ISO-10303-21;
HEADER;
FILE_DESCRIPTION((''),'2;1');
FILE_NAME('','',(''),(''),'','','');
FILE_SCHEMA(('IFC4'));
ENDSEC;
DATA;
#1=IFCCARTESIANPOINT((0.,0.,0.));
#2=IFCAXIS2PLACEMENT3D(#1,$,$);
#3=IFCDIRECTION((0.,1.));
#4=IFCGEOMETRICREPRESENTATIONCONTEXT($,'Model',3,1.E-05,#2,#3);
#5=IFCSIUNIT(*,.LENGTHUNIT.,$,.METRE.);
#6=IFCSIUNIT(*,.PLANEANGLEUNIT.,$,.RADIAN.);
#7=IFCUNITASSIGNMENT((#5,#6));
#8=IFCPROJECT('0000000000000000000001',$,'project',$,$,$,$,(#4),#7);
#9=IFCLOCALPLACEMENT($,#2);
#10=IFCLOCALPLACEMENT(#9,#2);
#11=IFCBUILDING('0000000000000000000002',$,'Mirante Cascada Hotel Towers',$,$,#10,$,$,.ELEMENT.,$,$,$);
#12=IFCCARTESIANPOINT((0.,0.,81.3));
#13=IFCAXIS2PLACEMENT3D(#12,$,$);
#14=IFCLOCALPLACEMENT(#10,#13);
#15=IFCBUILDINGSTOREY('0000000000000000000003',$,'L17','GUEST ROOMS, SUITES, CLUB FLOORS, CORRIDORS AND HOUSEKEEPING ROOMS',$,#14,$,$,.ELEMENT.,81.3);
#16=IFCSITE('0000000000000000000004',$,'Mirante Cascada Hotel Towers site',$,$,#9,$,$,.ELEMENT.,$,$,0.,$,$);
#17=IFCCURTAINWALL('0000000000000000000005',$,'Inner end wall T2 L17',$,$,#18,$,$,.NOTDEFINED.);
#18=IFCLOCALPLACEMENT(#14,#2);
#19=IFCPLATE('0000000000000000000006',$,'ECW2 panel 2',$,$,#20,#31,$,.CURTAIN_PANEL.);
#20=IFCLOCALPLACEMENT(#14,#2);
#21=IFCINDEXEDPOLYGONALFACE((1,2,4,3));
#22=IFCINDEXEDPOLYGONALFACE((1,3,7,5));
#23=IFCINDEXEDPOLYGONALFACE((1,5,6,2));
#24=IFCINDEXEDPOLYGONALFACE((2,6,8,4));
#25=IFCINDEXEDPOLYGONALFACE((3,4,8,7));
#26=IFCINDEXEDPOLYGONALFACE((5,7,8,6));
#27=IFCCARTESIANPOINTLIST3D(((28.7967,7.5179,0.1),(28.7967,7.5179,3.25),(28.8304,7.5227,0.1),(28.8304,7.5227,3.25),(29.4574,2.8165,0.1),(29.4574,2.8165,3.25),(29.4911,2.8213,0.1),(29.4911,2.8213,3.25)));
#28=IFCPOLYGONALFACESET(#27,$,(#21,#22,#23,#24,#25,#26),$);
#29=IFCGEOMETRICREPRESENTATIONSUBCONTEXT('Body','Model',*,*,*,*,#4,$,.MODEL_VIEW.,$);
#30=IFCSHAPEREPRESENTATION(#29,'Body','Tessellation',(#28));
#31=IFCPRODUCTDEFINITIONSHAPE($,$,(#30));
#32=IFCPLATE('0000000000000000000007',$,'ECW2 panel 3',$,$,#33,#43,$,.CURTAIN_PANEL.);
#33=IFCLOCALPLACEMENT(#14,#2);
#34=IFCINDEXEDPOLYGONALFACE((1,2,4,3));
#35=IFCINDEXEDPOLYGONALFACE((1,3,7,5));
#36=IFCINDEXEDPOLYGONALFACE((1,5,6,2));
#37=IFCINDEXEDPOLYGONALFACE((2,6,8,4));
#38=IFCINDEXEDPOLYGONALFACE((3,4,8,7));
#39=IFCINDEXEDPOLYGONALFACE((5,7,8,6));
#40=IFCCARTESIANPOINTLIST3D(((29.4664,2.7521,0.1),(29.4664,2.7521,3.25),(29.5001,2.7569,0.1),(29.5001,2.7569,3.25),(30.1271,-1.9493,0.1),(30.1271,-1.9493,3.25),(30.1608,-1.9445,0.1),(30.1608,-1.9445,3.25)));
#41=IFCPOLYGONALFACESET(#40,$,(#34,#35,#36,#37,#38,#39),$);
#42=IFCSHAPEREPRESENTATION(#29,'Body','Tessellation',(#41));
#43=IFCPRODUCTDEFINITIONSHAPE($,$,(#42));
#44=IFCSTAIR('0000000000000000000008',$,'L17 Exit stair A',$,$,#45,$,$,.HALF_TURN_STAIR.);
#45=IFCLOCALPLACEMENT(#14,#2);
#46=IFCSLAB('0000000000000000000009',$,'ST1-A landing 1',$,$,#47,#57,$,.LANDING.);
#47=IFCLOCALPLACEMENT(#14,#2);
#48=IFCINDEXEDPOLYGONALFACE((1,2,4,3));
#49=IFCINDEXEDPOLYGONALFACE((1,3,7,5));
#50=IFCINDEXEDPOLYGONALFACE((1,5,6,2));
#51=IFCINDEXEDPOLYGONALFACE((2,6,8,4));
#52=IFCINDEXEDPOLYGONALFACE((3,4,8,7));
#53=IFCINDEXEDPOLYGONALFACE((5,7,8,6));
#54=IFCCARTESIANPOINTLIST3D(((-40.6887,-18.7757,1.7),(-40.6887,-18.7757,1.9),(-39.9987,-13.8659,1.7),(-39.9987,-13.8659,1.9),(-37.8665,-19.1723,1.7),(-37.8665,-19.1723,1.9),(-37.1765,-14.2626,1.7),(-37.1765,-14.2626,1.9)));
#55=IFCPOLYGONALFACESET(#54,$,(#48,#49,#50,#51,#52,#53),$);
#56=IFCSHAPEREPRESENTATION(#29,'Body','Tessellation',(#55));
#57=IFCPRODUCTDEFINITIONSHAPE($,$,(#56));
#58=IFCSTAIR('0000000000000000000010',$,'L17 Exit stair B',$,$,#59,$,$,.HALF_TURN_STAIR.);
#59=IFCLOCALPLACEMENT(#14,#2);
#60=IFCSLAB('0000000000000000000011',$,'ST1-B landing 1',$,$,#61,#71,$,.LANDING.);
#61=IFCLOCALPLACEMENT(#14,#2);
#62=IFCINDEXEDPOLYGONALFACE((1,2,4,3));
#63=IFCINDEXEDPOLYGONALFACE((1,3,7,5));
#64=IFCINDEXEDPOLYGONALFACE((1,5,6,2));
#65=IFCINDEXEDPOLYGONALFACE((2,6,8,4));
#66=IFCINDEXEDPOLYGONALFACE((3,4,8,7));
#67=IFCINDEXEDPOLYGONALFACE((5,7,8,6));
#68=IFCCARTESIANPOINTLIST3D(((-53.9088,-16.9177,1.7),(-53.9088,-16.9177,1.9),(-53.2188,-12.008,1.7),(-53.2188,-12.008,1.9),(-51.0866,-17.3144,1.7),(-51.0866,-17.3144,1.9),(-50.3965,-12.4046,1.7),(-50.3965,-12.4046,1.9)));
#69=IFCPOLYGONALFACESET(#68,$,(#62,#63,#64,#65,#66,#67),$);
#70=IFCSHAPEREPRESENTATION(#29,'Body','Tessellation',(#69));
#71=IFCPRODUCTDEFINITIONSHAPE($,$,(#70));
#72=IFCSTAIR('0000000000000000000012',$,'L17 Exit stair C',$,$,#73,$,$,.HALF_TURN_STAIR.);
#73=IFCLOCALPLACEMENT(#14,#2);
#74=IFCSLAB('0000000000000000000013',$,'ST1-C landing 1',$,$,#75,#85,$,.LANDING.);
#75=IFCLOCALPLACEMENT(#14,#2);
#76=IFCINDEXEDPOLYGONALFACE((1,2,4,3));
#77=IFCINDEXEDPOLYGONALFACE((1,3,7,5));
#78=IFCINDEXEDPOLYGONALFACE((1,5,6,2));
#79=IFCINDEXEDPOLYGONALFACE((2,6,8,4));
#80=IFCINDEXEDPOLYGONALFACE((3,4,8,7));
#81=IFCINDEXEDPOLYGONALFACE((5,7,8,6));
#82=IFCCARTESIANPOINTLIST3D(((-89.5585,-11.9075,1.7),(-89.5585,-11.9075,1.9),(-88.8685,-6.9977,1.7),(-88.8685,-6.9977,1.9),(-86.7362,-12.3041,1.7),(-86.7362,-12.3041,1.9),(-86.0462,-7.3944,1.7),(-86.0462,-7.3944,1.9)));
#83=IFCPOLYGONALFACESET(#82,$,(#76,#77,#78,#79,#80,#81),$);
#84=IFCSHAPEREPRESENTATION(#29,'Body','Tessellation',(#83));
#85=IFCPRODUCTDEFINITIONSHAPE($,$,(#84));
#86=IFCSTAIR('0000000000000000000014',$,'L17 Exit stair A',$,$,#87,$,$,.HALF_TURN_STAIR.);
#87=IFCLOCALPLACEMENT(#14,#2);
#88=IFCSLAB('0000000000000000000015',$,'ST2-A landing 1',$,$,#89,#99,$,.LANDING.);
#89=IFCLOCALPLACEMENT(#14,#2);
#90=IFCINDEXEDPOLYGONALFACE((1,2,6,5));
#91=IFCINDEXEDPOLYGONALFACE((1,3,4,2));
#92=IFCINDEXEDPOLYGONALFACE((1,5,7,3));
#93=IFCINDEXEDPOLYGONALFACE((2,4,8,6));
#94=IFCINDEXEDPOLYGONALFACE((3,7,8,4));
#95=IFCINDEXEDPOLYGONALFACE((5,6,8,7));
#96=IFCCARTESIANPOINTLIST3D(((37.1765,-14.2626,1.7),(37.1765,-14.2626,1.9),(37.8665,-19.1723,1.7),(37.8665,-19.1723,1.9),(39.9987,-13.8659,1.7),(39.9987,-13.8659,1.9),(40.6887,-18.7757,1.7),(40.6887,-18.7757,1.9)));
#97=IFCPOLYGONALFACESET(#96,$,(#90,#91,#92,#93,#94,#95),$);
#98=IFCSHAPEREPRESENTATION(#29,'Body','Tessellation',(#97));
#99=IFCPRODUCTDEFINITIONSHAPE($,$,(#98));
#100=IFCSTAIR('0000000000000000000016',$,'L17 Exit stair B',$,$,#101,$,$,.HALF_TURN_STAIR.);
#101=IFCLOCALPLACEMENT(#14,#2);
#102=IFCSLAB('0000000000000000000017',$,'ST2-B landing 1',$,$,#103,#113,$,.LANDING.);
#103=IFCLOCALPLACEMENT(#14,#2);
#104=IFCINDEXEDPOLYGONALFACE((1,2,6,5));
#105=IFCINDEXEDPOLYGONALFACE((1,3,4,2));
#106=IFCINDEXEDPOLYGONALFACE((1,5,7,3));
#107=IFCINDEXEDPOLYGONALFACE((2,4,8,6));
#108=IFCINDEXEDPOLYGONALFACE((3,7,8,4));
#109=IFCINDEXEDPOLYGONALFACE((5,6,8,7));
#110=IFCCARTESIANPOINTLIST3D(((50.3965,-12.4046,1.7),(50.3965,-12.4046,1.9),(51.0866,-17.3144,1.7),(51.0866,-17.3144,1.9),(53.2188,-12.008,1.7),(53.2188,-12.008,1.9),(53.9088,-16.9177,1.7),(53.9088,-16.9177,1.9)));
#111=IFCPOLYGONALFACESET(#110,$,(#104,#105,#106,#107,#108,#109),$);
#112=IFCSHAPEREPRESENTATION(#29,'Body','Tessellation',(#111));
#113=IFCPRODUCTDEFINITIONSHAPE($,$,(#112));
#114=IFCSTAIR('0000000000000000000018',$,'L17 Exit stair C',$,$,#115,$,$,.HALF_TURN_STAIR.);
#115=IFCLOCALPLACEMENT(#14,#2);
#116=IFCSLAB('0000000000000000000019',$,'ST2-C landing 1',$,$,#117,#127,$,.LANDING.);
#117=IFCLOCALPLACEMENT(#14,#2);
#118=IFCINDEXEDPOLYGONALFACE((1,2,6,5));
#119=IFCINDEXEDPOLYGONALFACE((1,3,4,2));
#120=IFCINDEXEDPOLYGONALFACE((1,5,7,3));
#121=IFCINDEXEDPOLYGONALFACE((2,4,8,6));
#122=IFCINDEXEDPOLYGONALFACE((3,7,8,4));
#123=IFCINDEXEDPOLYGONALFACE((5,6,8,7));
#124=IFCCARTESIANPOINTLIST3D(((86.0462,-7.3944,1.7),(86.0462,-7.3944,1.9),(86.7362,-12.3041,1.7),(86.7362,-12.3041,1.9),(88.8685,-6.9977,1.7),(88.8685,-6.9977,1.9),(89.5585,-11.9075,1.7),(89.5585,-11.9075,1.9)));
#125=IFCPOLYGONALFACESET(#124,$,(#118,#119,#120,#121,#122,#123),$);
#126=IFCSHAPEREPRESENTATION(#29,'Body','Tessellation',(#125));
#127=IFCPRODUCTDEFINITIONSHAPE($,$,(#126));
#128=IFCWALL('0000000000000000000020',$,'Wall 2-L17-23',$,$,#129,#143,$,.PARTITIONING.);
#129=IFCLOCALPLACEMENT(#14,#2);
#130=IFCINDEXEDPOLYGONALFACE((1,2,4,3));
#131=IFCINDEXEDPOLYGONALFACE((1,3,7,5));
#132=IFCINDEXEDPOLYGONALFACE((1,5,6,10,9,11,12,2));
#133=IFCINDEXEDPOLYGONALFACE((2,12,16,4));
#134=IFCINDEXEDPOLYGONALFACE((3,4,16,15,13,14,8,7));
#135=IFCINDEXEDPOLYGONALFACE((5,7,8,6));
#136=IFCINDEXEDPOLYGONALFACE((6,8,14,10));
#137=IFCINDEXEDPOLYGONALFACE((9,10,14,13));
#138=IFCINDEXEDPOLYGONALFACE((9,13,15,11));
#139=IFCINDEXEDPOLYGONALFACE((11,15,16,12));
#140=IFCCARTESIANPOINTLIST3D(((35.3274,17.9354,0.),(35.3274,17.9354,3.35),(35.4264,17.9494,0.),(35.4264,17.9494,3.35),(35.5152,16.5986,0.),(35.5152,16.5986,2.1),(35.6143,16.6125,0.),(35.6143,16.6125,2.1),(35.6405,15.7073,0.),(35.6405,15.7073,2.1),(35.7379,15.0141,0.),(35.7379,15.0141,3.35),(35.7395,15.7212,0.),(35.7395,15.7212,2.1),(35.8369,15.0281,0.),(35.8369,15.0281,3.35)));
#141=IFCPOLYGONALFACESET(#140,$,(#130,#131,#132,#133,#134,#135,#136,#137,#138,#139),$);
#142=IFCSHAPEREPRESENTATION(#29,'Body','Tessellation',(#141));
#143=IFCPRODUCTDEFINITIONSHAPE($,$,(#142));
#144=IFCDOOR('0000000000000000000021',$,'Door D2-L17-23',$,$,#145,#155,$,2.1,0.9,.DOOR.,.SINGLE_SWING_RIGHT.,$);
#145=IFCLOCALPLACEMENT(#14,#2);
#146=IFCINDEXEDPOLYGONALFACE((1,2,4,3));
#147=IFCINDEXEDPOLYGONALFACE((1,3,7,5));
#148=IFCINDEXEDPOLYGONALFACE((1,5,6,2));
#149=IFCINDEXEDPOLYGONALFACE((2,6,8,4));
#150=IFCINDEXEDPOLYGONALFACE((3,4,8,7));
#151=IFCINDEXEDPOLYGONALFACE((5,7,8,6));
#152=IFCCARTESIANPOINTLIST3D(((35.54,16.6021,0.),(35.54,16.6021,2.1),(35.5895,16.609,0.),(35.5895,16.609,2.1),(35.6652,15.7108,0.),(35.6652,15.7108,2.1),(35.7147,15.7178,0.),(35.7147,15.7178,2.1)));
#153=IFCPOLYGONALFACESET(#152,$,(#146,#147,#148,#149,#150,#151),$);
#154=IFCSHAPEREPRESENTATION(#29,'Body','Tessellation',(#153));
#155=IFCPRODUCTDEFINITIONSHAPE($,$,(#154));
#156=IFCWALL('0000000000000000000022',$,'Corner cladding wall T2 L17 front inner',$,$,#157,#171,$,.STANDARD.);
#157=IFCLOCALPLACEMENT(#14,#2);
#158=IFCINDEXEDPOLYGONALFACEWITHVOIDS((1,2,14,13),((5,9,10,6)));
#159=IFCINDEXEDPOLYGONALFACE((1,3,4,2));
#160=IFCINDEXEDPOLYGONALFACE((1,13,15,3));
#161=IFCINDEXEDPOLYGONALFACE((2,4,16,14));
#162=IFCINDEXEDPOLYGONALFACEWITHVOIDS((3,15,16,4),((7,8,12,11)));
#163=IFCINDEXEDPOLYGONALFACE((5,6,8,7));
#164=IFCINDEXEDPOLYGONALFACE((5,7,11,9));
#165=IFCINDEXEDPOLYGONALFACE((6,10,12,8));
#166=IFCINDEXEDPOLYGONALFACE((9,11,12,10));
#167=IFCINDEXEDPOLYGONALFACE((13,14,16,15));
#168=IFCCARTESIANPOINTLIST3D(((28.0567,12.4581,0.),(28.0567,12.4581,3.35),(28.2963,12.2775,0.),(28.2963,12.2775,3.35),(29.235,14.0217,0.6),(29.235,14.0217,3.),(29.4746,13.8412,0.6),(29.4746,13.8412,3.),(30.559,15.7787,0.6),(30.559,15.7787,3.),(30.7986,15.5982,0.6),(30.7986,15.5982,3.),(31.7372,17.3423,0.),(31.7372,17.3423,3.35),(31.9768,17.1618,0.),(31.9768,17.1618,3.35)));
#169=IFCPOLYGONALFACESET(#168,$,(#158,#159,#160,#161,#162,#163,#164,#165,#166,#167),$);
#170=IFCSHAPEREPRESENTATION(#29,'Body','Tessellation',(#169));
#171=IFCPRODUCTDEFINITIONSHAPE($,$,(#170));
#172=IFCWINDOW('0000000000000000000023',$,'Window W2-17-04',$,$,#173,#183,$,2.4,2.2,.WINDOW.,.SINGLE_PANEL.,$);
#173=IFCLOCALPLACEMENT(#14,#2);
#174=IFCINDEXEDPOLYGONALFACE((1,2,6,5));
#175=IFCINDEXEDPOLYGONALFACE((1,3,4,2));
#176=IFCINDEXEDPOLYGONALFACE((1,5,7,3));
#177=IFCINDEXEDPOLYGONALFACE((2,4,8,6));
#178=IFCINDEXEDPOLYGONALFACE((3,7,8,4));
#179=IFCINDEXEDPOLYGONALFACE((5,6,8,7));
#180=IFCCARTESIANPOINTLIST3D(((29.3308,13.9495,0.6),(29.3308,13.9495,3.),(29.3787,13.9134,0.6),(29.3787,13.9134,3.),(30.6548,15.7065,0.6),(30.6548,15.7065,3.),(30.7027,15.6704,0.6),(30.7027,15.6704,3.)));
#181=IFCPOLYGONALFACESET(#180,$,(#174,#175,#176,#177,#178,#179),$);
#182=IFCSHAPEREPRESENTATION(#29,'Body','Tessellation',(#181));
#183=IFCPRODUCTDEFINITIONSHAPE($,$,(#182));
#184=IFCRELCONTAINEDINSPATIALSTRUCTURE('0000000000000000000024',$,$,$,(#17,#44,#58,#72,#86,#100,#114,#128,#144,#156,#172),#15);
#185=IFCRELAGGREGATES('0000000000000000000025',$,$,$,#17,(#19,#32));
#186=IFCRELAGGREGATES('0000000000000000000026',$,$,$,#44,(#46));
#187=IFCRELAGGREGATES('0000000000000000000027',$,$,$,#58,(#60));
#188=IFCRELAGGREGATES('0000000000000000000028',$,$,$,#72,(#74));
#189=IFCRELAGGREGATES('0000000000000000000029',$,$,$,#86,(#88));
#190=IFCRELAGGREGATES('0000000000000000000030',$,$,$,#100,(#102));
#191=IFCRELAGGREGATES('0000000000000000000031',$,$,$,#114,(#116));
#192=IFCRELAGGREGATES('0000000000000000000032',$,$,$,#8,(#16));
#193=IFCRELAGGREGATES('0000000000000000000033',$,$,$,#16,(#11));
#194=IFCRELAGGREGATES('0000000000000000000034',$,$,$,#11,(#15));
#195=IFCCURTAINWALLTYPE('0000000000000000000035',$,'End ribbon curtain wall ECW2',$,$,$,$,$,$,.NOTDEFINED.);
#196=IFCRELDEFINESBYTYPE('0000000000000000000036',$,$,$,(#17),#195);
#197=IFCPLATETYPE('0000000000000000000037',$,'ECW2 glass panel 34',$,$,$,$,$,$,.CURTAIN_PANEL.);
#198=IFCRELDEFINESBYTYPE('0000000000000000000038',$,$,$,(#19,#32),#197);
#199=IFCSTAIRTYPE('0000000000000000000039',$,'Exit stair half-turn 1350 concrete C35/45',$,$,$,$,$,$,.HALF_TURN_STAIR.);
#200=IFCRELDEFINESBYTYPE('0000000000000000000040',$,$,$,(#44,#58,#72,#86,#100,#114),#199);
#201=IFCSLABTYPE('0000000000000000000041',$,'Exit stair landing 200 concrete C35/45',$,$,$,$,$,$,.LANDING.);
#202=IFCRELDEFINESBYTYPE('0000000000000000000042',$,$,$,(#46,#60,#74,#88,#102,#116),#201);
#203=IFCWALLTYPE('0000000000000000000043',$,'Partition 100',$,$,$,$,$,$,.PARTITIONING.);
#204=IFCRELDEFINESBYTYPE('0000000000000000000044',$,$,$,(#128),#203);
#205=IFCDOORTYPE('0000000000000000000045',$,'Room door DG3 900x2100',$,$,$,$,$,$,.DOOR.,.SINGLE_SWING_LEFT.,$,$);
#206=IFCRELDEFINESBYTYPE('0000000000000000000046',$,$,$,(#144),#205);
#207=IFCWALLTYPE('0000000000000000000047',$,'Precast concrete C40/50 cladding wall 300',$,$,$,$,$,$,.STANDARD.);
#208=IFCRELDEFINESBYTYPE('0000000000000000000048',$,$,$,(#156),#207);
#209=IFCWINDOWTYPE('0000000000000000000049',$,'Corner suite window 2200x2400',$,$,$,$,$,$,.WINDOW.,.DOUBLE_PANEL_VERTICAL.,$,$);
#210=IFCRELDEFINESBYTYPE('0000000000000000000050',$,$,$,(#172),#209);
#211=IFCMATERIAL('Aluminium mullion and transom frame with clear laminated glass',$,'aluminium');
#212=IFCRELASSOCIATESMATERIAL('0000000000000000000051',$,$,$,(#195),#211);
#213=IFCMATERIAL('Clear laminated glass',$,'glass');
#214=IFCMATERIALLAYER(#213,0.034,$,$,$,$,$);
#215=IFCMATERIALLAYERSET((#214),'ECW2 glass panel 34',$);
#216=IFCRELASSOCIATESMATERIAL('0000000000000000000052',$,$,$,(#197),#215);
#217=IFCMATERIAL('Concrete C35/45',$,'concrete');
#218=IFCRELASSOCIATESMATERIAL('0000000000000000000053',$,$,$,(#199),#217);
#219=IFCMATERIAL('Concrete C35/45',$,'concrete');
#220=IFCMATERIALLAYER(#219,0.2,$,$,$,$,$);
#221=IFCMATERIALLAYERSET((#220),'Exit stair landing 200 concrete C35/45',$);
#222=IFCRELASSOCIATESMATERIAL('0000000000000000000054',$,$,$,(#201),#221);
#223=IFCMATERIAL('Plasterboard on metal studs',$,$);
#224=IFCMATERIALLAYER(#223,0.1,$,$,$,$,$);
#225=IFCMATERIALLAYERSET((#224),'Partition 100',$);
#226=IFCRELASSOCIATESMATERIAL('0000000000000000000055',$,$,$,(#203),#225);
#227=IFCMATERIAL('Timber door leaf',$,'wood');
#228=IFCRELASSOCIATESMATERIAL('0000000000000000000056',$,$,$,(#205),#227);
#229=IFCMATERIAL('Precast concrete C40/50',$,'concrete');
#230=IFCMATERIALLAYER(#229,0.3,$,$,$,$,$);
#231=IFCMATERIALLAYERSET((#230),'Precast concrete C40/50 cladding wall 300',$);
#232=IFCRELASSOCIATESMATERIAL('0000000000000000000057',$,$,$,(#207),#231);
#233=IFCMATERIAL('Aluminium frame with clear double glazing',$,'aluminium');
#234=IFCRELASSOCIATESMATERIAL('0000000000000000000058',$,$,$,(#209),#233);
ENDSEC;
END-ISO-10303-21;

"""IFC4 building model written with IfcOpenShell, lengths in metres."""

from ifc_helpers import new_model, si_unit, direction, frame, frame_2d, origin, origin_2d, place, context, subcontext, project, spatial, polyline, rectangle, outline, extrude, material, layer, layer_set, type_object, element, fill, aggregate, save


model = new_model("IFC4")

# Units and contexts
model_context = context("Model", 3, precision=1e-05, world=origin(), true_north=direction((0.0, 1.0)))
body_context = subcontext(model_context, "Body", "Model", "MODEL_VIEW")
ifc_project = project(units=[si_unit("LENGTHUNIT", "METRE"), si_unit("PLANEANGLEUNIT", "RADIAN")], contexts=[model_context])

# Site, building, storey
site_placement = place(None, origin())
site = spatial("IfcSite", under=ifc_project, at=site_placement, Name="Mirante Cascada Hotel Towers site", CompositionType="ELEMENT", RefElevation=0.0)
building_placement = place(site_placement, origin())
building = spatial("IfcBuilding", under=site, at=building_placement, Name="Mirante Cascada Hotel Towers", CompositionType="ELEMENT")
storey_placement = place(building_placement, frame((0.0, 0.0, 81.3)))
storey = spatial("IfcBuildingStorey", under=building, at=storey_placement, Name="L17", Description="GUEST ROOMS, SUITES, CLUB FLOORS, CORRIDORS AND HOUSEKEEPING ROOMS", CompositionType="ELEMENT", Elevation=81.3)

# Curtain wall
ifc_material_1 = material(Name="Aluminium mullion and transom frame with clear laminated glass", Category="aluminium")
curtain_wall_type_1 = type_object("IfcCurtainWallType", Name="End ribbon curtain wall ECW2", PredefinedType="NOTDEFINED", material=ifc_material_1)
curtain_wall_1_placement = place(storey_placement, origin())
curtain_wall_1 = element("IfcCurtainWall", 1, at=curtain_wall_1_placement, inside=storey, type_object=curtain_wall_type_1, Name="Inner end wall T2 L17", PredefinedType="NOTDEFINED")

# Plates
ifc_material_2 = material(Name="Clear laminated glass", Category="glass")
ifc_layer_1 = layer(ifc_material_2, 0.034)
ifc_layer_set_1 = layer_set([ifc_layer_1], Name="ECW2 glass panel 34")
plate_type_1 = type_object("IfcPlateType", Name="ECW2 glass panel 34", PredefinedType="CURTAIN_PANEL", material=ifc_layer_set_1)
plate_1_placement = place(storey_placement, frame((29.1439, 5.1696, 0.1), z_axis=(0.0, 0.0, 1.0), x_axis=(0.139173, -0.990268, 0.0)))
plate_1 = element("IfcPlate", 2, at=plate_1_placement, type_object=plate_type_1, Name="ECW2 panel 2", PredefinedType="CURTAIN_PANEL", context=body_context, shape_type="SweptSolid", body=[
    extrude(rectangle(XDim=4.7476, YDim=0.034, at=origin_2d()), origin(), (0.0, 0.0, 1.0), 3.15),
])
plate_2_placement = place(storey_placement, frame((29.8136, 0.4038, 0.1), z_axis=(0.0, 0.0, 1.0), x_axis=(0.139173, -0.990268, 0.0)))
plate_2 = element("IfcPlate", 3, at=plate_2_placement, type_object=plate_type_1, Name="ECW2 panel 3", PredefinedType="CURTAIN_PANEL", context=body_context, shape_type="SweptSolid", body=[
    extrude(rectangle(XDim=4.7476, YDim=0.034, at=origin_2d()), origin(), (0.0, 0.0, 1.0), 3.15),
])
aggregate(curtain_wall_1, [plate_1, plate_2])

# Stairs, slabs
ifc_material_3 = material(Name="Concrete C35/45", Category="concrete")
stair_type = type_object("IfcStairType", Name="Exit stair half-turn 1350 concrete C35/45", PredefinedType="HALF_TURN_STAIR", material=ifc_material_3)
stair_1_placement = place(storey_placement, origin())
stair_1 = element("IfcStair", 4, at=stair_1_placement, inside=storey, type_object=stair_type, Name="L17 Exit stair A", PredefinedType="HALF_TURN_STAIR")
ifc_material_4 = material(Name="Concrete C35/45", Category="concrete")
ifc_layer_2 = layer(ifc_material_4, 0.2)
ifc_layer_set_2 = layer_set([ifc_layer_2], Name="Exit stair landing 200 concrete C35/45")
slab_type = type_object("IfcSlabType", Name="Exit stair landing 200 concrete C35/45", PredefinedType="LANDING", material=ifc_layer_set_2)
slab_1_placement = place(storey_placement, frame((0.0, 0.0, 1.7)))
slab_1 = element("IfcSlab", 5, at=slab_1_placement, type_object=slab_type, Name="ST1-A landing 1", PredefinedType="LANDING", context=body_context, shape_type="SweptSolid", body=[
    extrude(outline(polyline([(-39.9987, -13.8659), (-40.6887, -18.7757), (-37.8665, -19.1723), (-37.1765, -14.2626), (-39.9987, -13.8659)])), origin(), (0.0, 0.0, 1.0), 0.2),
])
aggregate(stair_1, [slab_1])
stair_2_placement = place(storey_placement, origin())
stair_2 = element("IfcStair", 6, at=stair_2_placement, inside=storey, type_object=stair_type, Name="L17 Exit stair B", PredefinedType="HALF_TURN_STAIR")
slab_2_placement = place(storey_placement, frame((0.0, 0.0, 1.7)))
slab_2 = element("IfcSlab", 7, at=slab_2_placement, type_object=slab_type, Name="ST1-B landing 1", PredefinedType="LANDING", context=body_context, shape_type="SweptSolid", body=[
    extrude(outline(polyline([(-53.2188, -12.008), (-53.9088, -16.9177), (-51.0866, -17.3144), (-50.3965, -12.4046), (-53.2188, -12.008)])), origin(), (0.0, 0.0, 1.0), 0.2),
])
aggregate(stair_2, [slab_2])
stair_3_placement = place(storey_placement, origin())
stair_3 = element("IfcStair", 8, at=stair_3_placement, inside=storey, type_object=stair_type, Name="L17 Exit stair C", PredefinedType="HALF_TURN_STAIR")
slab_3_placement = place(storey_placement, frame((0.0, 0.0, 1.7)))
slab_3 = element("IfcSlab", 9, at=slab_3_placement, type_object=slab_type, Name="ST1-C landing 1", PredefinedType="LANDING", context=body_context, shape_type="SweptSolid", body=[
    extrude(outline(polyline([(-88.8685, -6.9977), (-89.5585, -11.9075), (-86.7362, -12.3041), (-86.0462, -7.3944), (-88.8685, -6.9977)])), origin(), (0.0, 0.0, 1.0), 0.2),
])
aggregate(stair_3, [slab_3])
stair_4_placement = place(storey_placement, origin())
stair_4 = element("IfcStair", 10, at=stair_4_placement, inside=storey, type_object=stair_type, Name="L17 Exit stair A", PredefinedType="HALF_TURN_STAIR")
slab_4_placement = place(storey_placement, frame((0.0, 0.0, 1.7)))
slab_4 = element("IfcSlab", 11, at=slab_4_placement, type_object=slab_type, Name="ST2-A landing 1", PredefinedType="LANDING", context=body_context, shape_type="SweptSolid", body=[
    extrude(outline(polyline([(37.1765, -14.2626), (37.8665, -19.1723), (40.6887, -18.7757), (39.9987, -13.8659), (37.1765, -14.2626)])), origin(), (0.0, 0.0, 1.0), 0.2),
])
aggregate(stair_4, [slab_4])
stair_5_placement = place(storey_placement, origin())
stair_5 = element("IfcStair", 12, at=stair_5_placement, inside=storey, type_object=stair_type, Name="L17 Exit stair B", PredefinedType="HALF_TURN_STAIR")
slab_5_placement = place(storey_placement, frame((0.0, 0.0, 1.7)))
slab_5 = element("IfcSlab", 13, at=slab_5_placement, type_object=slab_type, Name="ST2-B landing 1", PredefinedType="LANDING", context=body_context, shape_type="SweptSolid", body=[
    extrude(outline(polyline([(50.3965, -12.4046), (51.0866, -17.3144), (53.9088, -16.9177), (53.2188, -12.008), (50.3965, -12.4046)])), origin(), (0.0, 0.0, 1.0), 0.2),
])
aggregate(stair_5, [slab_5])
stair_6_placement = place(storey_placement, origin())
stair_6 = element("IfcStair", 14, at=stair_6_placement, inside=storey, type_object=stair_type, Name="L17 Exit stair C", PredefinedType="HALF_TURN_STAIR")
slab_6_placement = place(storey_placement, frame((0.0, 0.0, 1.7)))
slab_6 = element("IfcSlab", 15, at=slab_6_placement, type_object=slab_type, Name="ST2-C landing 1", PredefinedType="LANDING", context=body_context, shape_type="SweptSolid", body=[
    extrude(outline(polyline([(86.0462, -7.3944), (86.7362, -12.3041), (89.5585, -11.9075), (88.8685, -6.9977), (86.0462, -7.3944)])), origin(), (0.0, 0.0, 1.0), 0.2),
])
aggregate(stair_6, [slab_6])

# Wall, opening, door
ifc_material_5 = material(Name="Plasterboard on metal studs")
ifc_layer_3 = layer(ifc_material_5, 0.1)
ifc_layer_set_3 = layer_set([ifc_layer_3], Name="Partition 100")
wall_type_1 = type_object("IfcWallType", Name="Partition 100", PredefinedType="PARTITIONING", material=ifc_layer_set_3)
wall_1_placement = place(storey_placement, frame((35.3769, 17.9424, 0.0), z_axis=(0.0, 0.0, 1.0), x_axis=(0.139153, -0.990271, 0.0)))
wall_1 = element("IfcWall", 16, at=wall_1_placement, inside=storey, type_object=wall_type_1, Name="Wall 2-L17-23", PredefinedType="PARTITIONING", context=body_context, shape_type="SweptSolid", body=[
    extrude(rectangle(XDim=2.95, YDim=0.1, at=frame_2d((1.475, 0.0))), origin(), (0.0, 0.0, 1.0), 3.35),
])
opening_1_placement = place(wall_1_placement, frame((1.35, 0.0, 0.0)))
opening_1 = element("IfcOpeningElement", 17, at=opening_1_placement, cuts=wall_1, PredefinedType="OPENING", context=body_context, shape_type="SweptSolid", body=[
    extrude(rectangle(XDim=0.9, YDim=2.1, at=frame_2d((0.45, 1.05))), frame((0.0, 0.05, 0.0), z_axis=(0.0, -1.0, 0.0), x_axis=(1.0, 0.0, 0.0)), (0.0, 0.0, 1.0), 0.1),
])
ifc_material_6 = material(Name="Timber door leaf", Category="wood")
door_type = type_object("IfcDoorType", Name="Room door DG3 900x2100", OperationType="SINGLE_SWING_LEFT", PredefinedType="DOOR", material=ifc_material_6)
door_placement = place(opening_1_placement, frame((0.9, 0.0, 0.0), z_axis=(0.0, 0.0, 1.0), x_axis=(-1.0, 0.0, 0.0)))
door = element("IfcDoor", 18, at=door_placement, inside=storey, type_object=door_type, Name="Door D2-L17-23", OperationType="SINGLE_SWING_RIGHT", OverallHeight=2.1, OverallWidth=0.9, PredefinedType="DOOR", context=body_context, shape_type="SweptSolid", body=[
    extrude(rectangle(XDim=0.9, YDim=2.1, at=frame_2d((0.45, 1.05))), frame((0.0, 0.025, 0.0), z_axis=(0.0, -1.0, 0.0), x_axis=(1.0, 0.0, 0.0)), (0.0, 0.0, 1.0), 0.05),
])
fill(opening_1, door)

# Wall, opening, window
ifc_material_7 = material(Name="Precast concrete C40/50", Category="concrete")
ifc_layer_4 = layer(ifc_material_7, 0.3)
ifc_layer_set_4 = layer_set([ifc_layer_4], Name="Precast concrete C40/50 cladding wall 300")
wall_type_2 = type_object("IfcWallType", Name="Precast concrete C40/50 cladding wall 300", PredefinedType="STANDARD", material=ifc_layer_set_4)
wall_2_placement = place(storey_placement, frame((31.857, 17.252, 0.0), z_axis=(0.0, 0.0, 1.0), x_axis=(-0.601814, -0.798636, 0.0)))
wall_2 = element("IfcWall", 19, at=wall_2_placement, inside=storey, type_object=wall_type_2, Name="Corner cladding wall T2 L17 front inner", PredefinedType="STANDARD", context=body_context, shape_type="SweptSolid", body=[
    extrude(rectangle(XDim=6.1157, YDim=0.3, at=frame_2d((3.0578, 0.0))), origin(), (0.0, 0.0, 1.0), 3.35),
])
opening_2_placement = place(wall_2_placement, frame((1.9578, 0.0, 0.6)))
opening_2 = element("IfcOpeningElement", 20, at=opening_2_placement, cuts=wall_2, PredefinedType="OPENING", context=body_context, shape_type="SweptSolid", body=[
    extrude(rectangle(XDim=2.2, YDim=2.4, at=frame_2d((1.1, 1.2))), frame((0.0, 0.15, 0.0), z_axis=(0.0, -1.0, 0.0), x_axis=(1.0, 0.0, 0.0)), (0.0, 0.0, 1.0), 0.3),
])
ifc_material_8 = material(Name="Aluminium frame with clear double glazing", Category="aluminium")
window_type = type_object("IfcWindowType", Name="Corner suite window 2200x2400", PartitioningType="DOUBLE_PANEL_VERTICAL", PredefinedType="WINDOW", material=ifc_material_8)
window_placement = place(opening_2_placement, origin())
window = element("IfcWindow", 21, at=window_placement, inside=storey, type_object=window_type, Name="Window W2-17-04", OverallHeight=2.4, OverallWidth=2.2, PartitioningType="SINGLE_PANEL", PredefinedType="WINDOW", context=body_context, shape_type="SweptSolid", body=[
    extrude(rectangle(XDim=2.2, YDim=2.4, at=frame_2d((1.1, 1.2))), frame((0.0, 0.03, 0.0), z_axis=(0.0, -1.0, 0.0), x_axis=(1.0, 0.0, 0.0)), (0.0, 0.0, 1.0), 0.06),
])
fill(opening_2, window)

save(model, "model.ifc")
